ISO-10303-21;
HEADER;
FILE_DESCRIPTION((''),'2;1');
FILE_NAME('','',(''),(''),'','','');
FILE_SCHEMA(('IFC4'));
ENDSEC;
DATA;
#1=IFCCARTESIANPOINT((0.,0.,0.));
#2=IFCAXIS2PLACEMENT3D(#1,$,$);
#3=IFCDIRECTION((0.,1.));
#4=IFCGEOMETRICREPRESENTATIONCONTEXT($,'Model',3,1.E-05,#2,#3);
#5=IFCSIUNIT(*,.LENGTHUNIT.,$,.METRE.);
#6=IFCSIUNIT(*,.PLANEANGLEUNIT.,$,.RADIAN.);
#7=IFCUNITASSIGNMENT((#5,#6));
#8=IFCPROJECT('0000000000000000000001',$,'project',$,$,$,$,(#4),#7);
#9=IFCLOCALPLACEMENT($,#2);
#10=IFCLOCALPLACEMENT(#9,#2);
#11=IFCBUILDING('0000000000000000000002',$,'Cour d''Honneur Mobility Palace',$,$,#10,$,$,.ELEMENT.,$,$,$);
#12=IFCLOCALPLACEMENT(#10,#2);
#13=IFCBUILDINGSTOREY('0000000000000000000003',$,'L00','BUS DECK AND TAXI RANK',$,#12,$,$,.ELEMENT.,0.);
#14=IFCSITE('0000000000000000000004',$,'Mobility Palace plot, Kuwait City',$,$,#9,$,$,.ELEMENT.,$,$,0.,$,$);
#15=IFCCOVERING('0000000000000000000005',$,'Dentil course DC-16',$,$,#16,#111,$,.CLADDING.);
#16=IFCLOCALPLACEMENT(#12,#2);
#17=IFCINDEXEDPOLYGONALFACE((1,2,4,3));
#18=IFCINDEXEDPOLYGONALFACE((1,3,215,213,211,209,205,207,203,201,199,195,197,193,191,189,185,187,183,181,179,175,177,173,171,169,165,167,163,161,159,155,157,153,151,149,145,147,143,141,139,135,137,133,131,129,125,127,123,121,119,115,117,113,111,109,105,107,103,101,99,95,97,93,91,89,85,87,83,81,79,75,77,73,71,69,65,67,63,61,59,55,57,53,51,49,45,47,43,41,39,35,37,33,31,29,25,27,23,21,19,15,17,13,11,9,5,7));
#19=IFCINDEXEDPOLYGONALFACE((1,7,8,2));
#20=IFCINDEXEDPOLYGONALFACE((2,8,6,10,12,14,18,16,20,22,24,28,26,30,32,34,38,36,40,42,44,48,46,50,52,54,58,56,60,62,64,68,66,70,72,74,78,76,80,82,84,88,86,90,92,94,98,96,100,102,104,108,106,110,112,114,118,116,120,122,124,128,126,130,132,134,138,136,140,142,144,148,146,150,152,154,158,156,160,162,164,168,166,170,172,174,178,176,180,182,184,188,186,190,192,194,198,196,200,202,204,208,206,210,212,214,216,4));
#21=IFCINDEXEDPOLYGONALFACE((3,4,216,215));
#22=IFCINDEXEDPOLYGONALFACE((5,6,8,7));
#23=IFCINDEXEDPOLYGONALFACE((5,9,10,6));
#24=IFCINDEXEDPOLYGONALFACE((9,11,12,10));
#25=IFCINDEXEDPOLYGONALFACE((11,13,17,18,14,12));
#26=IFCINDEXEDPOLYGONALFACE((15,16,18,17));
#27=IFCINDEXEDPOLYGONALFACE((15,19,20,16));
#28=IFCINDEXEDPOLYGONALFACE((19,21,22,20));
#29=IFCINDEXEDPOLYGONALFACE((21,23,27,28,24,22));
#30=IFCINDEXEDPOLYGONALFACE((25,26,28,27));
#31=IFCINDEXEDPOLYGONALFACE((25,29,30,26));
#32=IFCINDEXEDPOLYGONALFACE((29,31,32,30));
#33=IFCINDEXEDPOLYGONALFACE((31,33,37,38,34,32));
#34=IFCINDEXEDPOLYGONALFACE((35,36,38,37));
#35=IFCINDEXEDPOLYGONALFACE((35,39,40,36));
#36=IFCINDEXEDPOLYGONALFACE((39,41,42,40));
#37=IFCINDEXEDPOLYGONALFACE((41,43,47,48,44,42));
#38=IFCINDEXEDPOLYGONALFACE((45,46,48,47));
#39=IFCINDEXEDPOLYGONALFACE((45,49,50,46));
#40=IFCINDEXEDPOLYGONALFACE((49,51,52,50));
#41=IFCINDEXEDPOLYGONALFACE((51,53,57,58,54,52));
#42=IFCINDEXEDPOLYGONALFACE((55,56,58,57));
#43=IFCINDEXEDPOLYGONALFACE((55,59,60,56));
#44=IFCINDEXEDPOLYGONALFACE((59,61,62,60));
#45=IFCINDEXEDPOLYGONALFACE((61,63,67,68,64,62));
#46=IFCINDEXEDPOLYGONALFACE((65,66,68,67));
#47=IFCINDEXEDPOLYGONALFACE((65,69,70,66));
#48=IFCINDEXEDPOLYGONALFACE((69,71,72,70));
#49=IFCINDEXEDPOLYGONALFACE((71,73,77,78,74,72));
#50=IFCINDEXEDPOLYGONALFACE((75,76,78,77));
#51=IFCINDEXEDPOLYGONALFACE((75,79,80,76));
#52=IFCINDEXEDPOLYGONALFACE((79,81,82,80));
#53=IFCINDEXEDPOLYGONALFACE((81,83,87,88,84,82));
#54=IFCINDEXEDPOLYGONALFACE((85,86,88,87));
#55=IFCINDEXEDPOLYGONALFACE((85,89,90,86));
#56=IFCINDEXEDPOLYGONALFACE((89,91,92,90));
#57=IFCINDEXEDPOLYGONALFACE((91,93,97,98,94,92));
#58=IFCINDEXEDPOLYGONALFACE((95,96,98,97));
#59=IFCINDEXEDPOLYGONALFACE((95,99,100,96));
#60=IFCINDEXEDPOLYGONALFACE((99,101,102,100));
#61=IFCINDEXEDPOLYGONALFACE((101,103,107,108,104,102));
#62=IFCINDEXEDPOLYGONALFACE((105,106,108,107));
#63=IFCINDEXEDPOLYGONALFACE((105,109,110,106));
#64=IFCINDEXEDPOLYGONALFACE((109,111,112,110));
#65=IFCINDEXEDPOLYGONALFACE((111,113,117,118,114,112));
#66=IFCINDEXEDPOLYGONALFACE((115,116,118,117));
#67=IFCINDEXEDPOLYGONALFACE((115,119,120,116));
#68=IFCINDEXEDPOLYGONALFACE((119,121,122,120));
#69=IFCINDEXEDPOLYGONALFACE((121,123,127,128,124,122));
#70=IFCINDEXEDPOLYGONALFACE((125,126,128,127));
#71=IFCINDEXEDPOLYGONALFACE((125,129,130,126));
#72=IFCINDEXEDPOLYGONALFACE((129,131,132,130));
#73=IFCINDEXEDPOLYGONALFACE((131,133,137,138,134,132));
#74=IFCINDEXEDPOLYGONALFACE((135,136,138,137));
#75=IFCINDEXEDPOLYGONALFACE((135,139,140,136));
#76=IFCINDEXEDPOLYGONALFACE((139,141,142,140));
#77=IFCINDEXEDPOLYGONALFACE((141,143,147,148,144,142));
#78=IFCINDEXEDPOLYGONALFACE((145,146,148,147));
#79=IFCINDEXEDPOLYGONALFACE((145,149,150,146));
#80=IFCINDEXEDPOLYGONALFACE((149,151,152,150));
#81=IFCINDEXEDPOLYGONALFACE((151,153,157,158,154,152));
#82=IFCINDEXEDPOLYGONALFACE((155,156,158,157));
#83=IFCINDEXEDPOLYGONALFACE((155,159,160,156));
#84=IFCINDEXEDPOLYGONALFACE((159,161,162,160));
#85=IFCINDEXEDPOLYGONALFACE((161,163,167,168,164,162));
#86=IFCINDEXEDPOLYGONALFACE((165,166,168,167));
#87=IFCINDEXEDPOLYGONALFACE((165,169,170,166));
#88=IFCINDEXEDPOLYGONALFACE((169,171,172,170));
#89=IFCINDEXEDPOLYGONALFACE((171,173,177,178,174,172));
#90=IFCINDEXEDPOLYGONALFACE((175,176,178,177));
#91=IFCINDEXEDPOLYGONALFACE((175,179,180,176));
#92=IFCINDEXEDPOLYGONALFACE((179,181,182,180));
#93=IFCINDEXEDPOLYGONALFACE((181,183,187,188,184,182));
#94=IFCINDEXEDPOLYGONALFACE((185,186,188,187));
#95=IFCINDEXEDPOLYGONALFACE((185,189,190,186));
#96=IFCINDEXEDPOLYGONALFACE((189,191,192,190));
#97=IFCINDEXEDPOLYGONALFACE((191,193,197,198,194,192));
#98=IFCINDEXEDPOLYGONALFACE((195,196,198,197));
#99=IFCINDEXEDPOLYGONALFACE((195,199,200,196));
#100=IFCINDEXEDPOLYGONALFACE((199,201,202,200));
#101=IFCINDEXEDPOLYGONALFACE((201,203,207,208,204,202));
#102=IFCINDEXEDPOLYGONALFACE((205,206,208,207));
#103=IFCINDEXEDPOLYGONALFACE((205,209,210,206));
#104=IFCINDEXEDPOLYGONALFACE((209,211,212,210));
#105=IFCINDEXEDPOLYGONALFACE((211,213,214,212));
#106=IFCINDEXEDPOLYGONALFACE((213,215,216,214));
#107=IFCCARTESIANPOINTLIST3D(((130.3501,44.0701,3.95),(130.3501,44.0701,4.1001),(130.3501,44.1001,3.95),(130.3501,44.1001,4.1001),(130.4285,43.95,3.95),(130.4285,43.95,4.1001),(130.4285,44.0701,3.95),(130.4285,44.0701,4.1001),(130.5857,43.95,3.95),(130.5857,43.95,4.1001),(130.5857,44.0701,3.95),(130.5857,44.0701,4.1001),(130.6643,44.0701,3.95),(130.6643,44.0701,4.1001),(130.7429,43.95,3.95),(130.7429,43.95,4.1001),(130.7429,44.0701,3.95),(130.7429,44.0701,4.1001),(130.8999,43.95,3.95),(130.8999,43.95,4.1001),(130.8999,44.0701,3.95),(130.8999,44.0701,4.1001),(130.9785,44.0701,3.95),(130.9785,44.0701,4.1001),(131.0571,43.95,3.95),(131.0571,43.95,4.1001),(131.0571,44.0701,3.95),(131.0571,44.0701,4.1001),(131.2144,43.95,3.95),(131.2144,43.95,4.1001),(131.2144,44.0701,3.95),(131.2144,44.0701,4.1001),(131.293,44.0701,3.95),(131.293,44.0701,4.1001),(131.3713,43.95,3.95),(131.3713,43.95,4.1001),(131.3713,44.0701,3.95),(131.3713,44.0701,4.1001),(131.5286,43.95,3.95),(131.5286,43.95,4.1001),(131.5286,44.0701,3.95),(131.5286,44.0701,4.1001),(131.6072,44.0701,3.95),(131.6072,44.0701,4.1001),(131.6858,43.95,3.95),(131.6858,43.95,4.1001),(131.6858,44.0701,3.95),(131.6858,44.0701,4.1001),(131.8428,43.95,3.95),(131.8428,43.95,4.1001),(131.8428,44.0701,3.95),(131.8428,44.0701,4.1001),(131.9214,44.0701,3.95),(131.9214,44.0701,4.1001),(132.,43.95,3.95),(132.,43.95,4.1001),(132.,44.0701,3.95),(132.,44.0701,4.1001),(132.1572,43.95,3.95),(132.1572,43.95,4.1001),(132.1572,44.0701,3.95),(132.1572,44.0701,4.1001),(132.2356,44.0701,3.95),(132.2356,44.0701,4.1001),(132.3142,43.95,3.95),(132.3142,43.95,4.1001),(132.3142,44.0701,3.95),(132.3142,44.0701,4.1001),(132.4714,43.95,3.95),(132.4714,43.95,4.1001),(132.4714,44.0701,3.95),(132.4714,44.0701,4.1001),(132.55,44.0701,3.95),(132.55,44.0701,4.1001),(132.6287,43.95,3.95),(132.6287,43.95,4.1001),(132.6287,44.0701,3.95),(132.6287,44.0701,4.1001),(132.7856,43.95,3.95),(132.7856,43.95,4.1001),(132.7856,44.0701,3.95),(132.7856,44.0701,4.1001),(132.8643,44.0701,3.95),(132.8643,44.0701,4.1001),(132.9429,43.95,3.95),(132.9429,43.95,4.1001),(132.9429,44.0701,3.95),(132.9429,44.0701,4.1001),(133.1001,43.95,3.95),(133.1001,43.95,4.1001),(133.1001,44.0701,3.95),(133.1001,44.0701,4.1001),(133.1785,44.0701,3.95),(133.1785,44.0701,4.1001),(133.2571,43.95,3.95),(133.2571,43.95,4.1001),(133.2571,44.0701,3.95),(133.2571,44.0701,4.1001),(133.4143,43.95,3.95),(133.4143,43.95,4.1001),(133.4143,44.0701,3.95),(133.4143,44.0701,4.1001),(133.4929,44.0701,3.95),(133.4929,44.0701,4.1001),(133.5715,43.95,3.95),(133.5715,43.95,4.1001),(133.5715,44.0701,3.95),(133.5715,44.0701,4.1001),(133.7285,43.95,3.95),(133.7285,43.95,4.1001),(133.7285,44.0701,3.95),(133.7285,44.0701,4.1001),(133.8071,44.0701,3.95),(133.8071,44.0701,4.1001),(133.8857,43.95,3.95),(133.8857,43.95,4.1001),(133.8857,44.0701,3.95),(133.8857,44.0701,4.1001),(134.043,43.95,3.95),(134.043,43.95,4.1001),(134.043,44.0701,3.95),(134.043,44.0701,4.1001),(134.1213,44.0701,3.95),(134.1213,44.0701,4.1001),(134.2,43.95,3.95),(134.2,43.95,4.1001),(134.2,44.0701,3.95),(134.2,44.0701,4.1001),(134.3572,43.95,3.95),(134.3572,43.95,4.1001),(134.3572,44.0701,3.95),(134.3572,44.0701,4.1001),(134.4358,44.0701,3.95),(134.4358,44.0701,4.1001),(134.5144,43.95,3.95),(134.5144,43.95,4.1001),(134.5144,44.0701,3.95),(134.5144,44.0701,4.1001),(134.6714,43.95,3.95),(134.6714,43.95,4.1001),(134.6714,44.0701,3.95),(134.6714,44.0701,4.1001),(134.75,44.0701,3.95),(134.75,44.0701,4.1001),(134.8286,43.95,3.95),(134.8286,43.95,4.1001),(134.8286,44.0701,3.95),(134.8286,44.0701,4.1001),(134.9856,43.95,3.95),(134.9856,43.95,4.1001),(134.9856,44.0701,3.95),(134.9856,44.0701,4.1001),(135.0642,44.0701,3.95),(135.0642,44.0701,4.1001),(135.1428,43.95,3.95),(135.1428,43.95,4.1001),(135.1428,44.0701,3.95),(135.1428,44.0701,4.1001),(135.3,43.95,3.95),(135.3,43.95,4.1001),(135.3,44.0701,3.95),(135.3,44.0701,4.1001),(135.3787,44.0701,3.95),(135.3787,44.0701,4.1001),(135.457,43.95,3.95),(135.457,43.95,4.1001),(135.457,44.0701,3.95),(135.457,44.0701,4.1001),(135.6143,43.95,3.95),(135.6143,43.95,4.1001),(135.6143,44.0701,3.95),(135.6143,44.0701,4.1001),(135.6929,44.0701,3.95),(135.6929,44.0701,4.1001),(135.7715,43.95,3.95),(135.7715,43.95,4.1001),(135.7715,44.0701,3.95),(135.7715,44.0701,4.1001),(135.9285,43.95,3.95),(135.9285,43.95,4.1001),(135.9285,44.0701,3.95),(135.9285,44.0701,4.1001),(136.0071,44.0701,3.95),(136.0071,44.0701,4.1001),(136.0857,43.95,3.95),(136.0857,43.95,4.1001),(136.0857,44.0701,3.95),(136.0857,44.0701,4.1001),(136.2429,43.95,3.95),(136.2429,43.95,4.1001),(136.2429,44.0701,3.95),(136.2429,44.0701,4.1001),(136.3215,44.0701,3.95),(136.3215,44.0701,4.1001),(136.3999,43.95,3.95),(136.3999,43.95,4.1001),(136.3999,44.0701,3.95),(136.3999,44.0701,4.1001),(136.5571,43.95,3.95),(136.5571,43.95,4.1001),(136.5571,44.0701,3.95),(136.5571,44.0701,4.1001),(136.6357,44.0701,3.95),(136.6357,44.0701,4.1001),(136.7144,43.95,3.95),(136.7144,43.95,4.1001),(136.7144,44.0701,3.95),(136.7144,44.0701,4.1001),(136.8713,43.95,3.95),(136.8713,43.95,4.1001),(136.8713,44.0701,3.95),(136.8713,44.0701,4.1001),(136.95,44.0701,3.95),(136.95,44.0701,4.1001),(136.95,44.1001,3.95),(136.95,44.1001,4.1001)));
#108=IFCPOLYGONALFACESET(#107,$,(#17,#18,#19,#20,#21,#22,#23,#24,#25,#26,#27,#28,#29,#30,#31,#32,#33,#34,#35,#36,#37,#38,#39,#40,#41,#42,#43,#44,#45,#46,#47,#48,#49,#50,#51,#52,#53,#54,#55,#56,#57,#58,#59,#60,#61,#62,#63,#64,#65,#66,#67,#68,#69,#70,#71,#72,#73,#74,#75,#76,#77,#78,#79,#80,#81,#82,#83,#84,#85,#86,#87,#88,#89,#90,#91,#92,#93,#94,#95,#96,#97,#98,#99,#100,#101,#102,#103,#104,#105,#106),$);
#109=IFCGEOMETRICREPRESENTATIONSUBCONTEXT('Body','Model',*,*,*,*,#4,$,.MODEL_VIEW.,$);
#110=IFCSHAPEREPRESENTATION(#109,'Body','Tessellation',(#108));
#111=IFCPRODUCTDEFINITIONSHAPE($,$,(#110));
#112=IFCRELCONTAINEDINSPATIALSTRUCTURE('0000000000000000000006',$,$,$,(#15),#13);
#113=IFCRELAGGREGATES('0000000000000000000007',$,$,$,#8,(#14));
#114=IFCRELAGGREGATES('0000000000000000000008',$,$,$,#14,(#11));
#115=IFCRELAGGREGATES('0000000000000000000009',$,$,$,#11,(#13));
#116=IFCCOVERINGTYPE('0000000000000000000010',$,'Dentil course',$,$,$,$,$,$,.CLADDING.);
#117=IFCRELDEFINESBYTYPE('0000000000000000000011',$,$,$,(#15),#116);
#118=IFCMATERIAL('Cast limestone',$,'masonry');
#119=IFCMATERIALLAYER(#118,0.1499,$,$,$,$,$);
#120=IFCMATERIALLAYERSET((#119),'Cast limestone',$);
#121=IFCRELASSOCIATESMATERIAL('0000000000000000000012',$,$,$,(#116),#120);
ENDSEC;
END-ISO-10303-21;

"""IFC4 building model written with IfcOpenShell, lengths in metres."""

from ifc_helpers import new_model, si_unit, direction, frame, origin, place, context, subcontext, project, spatial, polyline, outline, extrude, material, layer, layer_set, type_object, element, save


model = new_model("IFC4")

# Units and contexts
model_context = context("Model", 3, precision=1e-05, world=origin(), true_north=direction((0.0, 1.0)))
body_context = subcontext(model_context, "Body", "Model", "MODEL_VIEW")
ifc_project = project(units=[si_unit("LENGTHUNIT", "METRE"), si_unit("PLANEANGLEUNIT", "RADIAN")], contexts=[model_context])

# Site, building, storey
site_placement = place(None, origin())
site = spatial("IfcSite", under=ifc_project, at=site_placement, Name="Mobility Palace plot, Kuwait City", CompositionType="ELEMENT", RefElevation=0.0)
building_placement = place(site_placement, origin())
building = spatial("IfcBuilding", under=site, at=building_placement, Name="Cour d'Honneur Mobility Palace", CompositionType="ELEMENT")
storey_placement = place(building_placement, origin())
storey = spatial("IfcBuildingStorey", under=building, at=storey_placement, Name="L00", Description="BUS DECK AND TAXI RANK", CompositionType="ELEMENT", Elevation=0.0)

# Covering
ifc_material = material(Name="Cast limestone", Category="masonry")
ifc_layer = layer(ifc_material, 0.1499)
ifc_layer_set = layer_set([ifc_layer], Name="Cast limestone")
covering_type = type_object("IfcCoveringType", Name="Dentil course", PredefinedType="CLADDING", material=ifc_layer_set)
covering_1_placement = place(storey_placement, frame((0.0, 0.0, 3.95)))
element("IfcCovering", 1, at=covering_1_placement, inside=storey, type_object=covering_type, Name="Dentil course DC-16", PredefinedType="CLADDING", context=body_context, shape_type="SweptSolid", body=[
    extrude(outline(polyline([(130.3501, 44.1001), (136.95, 44.1001), (136.95, 44.0701), (136.95, 44.0701), (136.8713, 44.0701), (136.8713, 43.95), (136.7144, 43.95), (136.7144, 44.0701), (136.6357, 44.0701), (136.6357, 44.0701), (136.5571, 44.0701), (136.5571, 43.95), (136.3999, 43.95), (136.3999, 44.0701), (136.3215, 44.0701), (136.3215, 44.0701), (136.2429, 44.0701), (136.2429, 43.95), (136.0857, 43.95), (136.0857, 44.0701), (136.0071, 44.0701), (136.0071, 44.0701), (135.9285, 44.0701), (135.9285, 43.95), (135.7715, 43.95), (135.7715, 44.0701), (135.6929, 44.0701), (135.6929, 44.0701), (135.6143, 44.0701), (135.6143, 43.95), (135.457, 43.95), (135.457, 44.0701), (135.3787, 44.0701), (135.3787, 44.0701), (135.3, 44.0701), (135.3, 43.95), (135.1428, 43.95), (135.1428, 44.0701), (135.0642, 44.0701), (135.0642, 44.0701), (134.9856, 44.0701), (134.9856, 43.95), (134.8286, 43.95), (134.8286, 44.0701), (134.75, 44.0701), (134.75, 44.0701), (134.6714, 44.0701), (134.6714, 43.95), (134.5144, 43.95), (134.5144, 44.0701), (134.4358, 44.0701), (134.4358, 44.0701), (134.3572, 44.0701), (134.3572, 43.95), (134.2, 43.95), (134.2, 44.0701), (134.1213, 44.0701), (134.1213, 44.0701), (134.043, 44.0701), (134.043, 43.95), (133.8857, 43.95), (133.8857, 44.0701), (133.8071, 44.0701), (133.8071, 44.0701), (133.7285, 44.0701), (133.7285, 43.95), (133.5715, 43.95), (133.5715, 44.0701), (133.4929, 44.0701), (133.4929, 44.0701), (133.4143, 44.0701), (133.4143, 43.95), (133.2571, 43.95), (133.2571, 44.0701), (133.1785, 44.0701), (133.1785, 44.0701), (133.1001, 44.0701), (133.1001, 43.95), (132.9429, 43.95), (132.9429, 44.0701), (132.8643, 44.0701), (132.8643, 44.0701), (132.7856, 44.0701), (132.7856, 43.95), (132.6287, 43.95), (132.6287, 44.0701), (132.55, 44.0701), (132.55, 44.0701), (132.4714, 44.0701), (132.4714, 43.95), (132.3142, 43.95), (132.3142, 44.0701), (132.2356, 44.0701), (132.2356, 44.0701), (132.1572, 44.0701), (132.1572, 43.95), (132.0, 43.95), (132.0, 44.0701), (131.9214, 44.0701), (131.9214, 44.0701), (131.8428, 44.0701), (131.8428, 43.95), (131.6858, 43.95), (131.6858, 44.0701), (131.6072, 44.0701), (131.6072, 44.0701), (131.5286, 44.0701), (131.5286, 43.95), (131.3713, 43.95), (131.3713, 44.0701), (131.293, 44.0701), (131.293, 44.0701), (131.2144, 44.0701), (131.2144, 43.95), (131.0571, 43.95), (131.0571, 44.0701), (130.9785, 44.0701), (130.9785, 44.0701), (130.8999, 44.0701), (130.8999, 43.95), (130.7429, 43.95), (130.7429, 44.0701), (130.6643, 44.0701), (130.6643, 44.0701), (130.5857, 44.0701), (130.5857, 43.95), (130.4285, 43.95), (130.4285, 44.0701), (130.3501, 44.0701), (130.3501, 44.1001)])), origin(), (0.0, 0.0, 1.0), 0.1501),
])

save(model, "model.ifc")
